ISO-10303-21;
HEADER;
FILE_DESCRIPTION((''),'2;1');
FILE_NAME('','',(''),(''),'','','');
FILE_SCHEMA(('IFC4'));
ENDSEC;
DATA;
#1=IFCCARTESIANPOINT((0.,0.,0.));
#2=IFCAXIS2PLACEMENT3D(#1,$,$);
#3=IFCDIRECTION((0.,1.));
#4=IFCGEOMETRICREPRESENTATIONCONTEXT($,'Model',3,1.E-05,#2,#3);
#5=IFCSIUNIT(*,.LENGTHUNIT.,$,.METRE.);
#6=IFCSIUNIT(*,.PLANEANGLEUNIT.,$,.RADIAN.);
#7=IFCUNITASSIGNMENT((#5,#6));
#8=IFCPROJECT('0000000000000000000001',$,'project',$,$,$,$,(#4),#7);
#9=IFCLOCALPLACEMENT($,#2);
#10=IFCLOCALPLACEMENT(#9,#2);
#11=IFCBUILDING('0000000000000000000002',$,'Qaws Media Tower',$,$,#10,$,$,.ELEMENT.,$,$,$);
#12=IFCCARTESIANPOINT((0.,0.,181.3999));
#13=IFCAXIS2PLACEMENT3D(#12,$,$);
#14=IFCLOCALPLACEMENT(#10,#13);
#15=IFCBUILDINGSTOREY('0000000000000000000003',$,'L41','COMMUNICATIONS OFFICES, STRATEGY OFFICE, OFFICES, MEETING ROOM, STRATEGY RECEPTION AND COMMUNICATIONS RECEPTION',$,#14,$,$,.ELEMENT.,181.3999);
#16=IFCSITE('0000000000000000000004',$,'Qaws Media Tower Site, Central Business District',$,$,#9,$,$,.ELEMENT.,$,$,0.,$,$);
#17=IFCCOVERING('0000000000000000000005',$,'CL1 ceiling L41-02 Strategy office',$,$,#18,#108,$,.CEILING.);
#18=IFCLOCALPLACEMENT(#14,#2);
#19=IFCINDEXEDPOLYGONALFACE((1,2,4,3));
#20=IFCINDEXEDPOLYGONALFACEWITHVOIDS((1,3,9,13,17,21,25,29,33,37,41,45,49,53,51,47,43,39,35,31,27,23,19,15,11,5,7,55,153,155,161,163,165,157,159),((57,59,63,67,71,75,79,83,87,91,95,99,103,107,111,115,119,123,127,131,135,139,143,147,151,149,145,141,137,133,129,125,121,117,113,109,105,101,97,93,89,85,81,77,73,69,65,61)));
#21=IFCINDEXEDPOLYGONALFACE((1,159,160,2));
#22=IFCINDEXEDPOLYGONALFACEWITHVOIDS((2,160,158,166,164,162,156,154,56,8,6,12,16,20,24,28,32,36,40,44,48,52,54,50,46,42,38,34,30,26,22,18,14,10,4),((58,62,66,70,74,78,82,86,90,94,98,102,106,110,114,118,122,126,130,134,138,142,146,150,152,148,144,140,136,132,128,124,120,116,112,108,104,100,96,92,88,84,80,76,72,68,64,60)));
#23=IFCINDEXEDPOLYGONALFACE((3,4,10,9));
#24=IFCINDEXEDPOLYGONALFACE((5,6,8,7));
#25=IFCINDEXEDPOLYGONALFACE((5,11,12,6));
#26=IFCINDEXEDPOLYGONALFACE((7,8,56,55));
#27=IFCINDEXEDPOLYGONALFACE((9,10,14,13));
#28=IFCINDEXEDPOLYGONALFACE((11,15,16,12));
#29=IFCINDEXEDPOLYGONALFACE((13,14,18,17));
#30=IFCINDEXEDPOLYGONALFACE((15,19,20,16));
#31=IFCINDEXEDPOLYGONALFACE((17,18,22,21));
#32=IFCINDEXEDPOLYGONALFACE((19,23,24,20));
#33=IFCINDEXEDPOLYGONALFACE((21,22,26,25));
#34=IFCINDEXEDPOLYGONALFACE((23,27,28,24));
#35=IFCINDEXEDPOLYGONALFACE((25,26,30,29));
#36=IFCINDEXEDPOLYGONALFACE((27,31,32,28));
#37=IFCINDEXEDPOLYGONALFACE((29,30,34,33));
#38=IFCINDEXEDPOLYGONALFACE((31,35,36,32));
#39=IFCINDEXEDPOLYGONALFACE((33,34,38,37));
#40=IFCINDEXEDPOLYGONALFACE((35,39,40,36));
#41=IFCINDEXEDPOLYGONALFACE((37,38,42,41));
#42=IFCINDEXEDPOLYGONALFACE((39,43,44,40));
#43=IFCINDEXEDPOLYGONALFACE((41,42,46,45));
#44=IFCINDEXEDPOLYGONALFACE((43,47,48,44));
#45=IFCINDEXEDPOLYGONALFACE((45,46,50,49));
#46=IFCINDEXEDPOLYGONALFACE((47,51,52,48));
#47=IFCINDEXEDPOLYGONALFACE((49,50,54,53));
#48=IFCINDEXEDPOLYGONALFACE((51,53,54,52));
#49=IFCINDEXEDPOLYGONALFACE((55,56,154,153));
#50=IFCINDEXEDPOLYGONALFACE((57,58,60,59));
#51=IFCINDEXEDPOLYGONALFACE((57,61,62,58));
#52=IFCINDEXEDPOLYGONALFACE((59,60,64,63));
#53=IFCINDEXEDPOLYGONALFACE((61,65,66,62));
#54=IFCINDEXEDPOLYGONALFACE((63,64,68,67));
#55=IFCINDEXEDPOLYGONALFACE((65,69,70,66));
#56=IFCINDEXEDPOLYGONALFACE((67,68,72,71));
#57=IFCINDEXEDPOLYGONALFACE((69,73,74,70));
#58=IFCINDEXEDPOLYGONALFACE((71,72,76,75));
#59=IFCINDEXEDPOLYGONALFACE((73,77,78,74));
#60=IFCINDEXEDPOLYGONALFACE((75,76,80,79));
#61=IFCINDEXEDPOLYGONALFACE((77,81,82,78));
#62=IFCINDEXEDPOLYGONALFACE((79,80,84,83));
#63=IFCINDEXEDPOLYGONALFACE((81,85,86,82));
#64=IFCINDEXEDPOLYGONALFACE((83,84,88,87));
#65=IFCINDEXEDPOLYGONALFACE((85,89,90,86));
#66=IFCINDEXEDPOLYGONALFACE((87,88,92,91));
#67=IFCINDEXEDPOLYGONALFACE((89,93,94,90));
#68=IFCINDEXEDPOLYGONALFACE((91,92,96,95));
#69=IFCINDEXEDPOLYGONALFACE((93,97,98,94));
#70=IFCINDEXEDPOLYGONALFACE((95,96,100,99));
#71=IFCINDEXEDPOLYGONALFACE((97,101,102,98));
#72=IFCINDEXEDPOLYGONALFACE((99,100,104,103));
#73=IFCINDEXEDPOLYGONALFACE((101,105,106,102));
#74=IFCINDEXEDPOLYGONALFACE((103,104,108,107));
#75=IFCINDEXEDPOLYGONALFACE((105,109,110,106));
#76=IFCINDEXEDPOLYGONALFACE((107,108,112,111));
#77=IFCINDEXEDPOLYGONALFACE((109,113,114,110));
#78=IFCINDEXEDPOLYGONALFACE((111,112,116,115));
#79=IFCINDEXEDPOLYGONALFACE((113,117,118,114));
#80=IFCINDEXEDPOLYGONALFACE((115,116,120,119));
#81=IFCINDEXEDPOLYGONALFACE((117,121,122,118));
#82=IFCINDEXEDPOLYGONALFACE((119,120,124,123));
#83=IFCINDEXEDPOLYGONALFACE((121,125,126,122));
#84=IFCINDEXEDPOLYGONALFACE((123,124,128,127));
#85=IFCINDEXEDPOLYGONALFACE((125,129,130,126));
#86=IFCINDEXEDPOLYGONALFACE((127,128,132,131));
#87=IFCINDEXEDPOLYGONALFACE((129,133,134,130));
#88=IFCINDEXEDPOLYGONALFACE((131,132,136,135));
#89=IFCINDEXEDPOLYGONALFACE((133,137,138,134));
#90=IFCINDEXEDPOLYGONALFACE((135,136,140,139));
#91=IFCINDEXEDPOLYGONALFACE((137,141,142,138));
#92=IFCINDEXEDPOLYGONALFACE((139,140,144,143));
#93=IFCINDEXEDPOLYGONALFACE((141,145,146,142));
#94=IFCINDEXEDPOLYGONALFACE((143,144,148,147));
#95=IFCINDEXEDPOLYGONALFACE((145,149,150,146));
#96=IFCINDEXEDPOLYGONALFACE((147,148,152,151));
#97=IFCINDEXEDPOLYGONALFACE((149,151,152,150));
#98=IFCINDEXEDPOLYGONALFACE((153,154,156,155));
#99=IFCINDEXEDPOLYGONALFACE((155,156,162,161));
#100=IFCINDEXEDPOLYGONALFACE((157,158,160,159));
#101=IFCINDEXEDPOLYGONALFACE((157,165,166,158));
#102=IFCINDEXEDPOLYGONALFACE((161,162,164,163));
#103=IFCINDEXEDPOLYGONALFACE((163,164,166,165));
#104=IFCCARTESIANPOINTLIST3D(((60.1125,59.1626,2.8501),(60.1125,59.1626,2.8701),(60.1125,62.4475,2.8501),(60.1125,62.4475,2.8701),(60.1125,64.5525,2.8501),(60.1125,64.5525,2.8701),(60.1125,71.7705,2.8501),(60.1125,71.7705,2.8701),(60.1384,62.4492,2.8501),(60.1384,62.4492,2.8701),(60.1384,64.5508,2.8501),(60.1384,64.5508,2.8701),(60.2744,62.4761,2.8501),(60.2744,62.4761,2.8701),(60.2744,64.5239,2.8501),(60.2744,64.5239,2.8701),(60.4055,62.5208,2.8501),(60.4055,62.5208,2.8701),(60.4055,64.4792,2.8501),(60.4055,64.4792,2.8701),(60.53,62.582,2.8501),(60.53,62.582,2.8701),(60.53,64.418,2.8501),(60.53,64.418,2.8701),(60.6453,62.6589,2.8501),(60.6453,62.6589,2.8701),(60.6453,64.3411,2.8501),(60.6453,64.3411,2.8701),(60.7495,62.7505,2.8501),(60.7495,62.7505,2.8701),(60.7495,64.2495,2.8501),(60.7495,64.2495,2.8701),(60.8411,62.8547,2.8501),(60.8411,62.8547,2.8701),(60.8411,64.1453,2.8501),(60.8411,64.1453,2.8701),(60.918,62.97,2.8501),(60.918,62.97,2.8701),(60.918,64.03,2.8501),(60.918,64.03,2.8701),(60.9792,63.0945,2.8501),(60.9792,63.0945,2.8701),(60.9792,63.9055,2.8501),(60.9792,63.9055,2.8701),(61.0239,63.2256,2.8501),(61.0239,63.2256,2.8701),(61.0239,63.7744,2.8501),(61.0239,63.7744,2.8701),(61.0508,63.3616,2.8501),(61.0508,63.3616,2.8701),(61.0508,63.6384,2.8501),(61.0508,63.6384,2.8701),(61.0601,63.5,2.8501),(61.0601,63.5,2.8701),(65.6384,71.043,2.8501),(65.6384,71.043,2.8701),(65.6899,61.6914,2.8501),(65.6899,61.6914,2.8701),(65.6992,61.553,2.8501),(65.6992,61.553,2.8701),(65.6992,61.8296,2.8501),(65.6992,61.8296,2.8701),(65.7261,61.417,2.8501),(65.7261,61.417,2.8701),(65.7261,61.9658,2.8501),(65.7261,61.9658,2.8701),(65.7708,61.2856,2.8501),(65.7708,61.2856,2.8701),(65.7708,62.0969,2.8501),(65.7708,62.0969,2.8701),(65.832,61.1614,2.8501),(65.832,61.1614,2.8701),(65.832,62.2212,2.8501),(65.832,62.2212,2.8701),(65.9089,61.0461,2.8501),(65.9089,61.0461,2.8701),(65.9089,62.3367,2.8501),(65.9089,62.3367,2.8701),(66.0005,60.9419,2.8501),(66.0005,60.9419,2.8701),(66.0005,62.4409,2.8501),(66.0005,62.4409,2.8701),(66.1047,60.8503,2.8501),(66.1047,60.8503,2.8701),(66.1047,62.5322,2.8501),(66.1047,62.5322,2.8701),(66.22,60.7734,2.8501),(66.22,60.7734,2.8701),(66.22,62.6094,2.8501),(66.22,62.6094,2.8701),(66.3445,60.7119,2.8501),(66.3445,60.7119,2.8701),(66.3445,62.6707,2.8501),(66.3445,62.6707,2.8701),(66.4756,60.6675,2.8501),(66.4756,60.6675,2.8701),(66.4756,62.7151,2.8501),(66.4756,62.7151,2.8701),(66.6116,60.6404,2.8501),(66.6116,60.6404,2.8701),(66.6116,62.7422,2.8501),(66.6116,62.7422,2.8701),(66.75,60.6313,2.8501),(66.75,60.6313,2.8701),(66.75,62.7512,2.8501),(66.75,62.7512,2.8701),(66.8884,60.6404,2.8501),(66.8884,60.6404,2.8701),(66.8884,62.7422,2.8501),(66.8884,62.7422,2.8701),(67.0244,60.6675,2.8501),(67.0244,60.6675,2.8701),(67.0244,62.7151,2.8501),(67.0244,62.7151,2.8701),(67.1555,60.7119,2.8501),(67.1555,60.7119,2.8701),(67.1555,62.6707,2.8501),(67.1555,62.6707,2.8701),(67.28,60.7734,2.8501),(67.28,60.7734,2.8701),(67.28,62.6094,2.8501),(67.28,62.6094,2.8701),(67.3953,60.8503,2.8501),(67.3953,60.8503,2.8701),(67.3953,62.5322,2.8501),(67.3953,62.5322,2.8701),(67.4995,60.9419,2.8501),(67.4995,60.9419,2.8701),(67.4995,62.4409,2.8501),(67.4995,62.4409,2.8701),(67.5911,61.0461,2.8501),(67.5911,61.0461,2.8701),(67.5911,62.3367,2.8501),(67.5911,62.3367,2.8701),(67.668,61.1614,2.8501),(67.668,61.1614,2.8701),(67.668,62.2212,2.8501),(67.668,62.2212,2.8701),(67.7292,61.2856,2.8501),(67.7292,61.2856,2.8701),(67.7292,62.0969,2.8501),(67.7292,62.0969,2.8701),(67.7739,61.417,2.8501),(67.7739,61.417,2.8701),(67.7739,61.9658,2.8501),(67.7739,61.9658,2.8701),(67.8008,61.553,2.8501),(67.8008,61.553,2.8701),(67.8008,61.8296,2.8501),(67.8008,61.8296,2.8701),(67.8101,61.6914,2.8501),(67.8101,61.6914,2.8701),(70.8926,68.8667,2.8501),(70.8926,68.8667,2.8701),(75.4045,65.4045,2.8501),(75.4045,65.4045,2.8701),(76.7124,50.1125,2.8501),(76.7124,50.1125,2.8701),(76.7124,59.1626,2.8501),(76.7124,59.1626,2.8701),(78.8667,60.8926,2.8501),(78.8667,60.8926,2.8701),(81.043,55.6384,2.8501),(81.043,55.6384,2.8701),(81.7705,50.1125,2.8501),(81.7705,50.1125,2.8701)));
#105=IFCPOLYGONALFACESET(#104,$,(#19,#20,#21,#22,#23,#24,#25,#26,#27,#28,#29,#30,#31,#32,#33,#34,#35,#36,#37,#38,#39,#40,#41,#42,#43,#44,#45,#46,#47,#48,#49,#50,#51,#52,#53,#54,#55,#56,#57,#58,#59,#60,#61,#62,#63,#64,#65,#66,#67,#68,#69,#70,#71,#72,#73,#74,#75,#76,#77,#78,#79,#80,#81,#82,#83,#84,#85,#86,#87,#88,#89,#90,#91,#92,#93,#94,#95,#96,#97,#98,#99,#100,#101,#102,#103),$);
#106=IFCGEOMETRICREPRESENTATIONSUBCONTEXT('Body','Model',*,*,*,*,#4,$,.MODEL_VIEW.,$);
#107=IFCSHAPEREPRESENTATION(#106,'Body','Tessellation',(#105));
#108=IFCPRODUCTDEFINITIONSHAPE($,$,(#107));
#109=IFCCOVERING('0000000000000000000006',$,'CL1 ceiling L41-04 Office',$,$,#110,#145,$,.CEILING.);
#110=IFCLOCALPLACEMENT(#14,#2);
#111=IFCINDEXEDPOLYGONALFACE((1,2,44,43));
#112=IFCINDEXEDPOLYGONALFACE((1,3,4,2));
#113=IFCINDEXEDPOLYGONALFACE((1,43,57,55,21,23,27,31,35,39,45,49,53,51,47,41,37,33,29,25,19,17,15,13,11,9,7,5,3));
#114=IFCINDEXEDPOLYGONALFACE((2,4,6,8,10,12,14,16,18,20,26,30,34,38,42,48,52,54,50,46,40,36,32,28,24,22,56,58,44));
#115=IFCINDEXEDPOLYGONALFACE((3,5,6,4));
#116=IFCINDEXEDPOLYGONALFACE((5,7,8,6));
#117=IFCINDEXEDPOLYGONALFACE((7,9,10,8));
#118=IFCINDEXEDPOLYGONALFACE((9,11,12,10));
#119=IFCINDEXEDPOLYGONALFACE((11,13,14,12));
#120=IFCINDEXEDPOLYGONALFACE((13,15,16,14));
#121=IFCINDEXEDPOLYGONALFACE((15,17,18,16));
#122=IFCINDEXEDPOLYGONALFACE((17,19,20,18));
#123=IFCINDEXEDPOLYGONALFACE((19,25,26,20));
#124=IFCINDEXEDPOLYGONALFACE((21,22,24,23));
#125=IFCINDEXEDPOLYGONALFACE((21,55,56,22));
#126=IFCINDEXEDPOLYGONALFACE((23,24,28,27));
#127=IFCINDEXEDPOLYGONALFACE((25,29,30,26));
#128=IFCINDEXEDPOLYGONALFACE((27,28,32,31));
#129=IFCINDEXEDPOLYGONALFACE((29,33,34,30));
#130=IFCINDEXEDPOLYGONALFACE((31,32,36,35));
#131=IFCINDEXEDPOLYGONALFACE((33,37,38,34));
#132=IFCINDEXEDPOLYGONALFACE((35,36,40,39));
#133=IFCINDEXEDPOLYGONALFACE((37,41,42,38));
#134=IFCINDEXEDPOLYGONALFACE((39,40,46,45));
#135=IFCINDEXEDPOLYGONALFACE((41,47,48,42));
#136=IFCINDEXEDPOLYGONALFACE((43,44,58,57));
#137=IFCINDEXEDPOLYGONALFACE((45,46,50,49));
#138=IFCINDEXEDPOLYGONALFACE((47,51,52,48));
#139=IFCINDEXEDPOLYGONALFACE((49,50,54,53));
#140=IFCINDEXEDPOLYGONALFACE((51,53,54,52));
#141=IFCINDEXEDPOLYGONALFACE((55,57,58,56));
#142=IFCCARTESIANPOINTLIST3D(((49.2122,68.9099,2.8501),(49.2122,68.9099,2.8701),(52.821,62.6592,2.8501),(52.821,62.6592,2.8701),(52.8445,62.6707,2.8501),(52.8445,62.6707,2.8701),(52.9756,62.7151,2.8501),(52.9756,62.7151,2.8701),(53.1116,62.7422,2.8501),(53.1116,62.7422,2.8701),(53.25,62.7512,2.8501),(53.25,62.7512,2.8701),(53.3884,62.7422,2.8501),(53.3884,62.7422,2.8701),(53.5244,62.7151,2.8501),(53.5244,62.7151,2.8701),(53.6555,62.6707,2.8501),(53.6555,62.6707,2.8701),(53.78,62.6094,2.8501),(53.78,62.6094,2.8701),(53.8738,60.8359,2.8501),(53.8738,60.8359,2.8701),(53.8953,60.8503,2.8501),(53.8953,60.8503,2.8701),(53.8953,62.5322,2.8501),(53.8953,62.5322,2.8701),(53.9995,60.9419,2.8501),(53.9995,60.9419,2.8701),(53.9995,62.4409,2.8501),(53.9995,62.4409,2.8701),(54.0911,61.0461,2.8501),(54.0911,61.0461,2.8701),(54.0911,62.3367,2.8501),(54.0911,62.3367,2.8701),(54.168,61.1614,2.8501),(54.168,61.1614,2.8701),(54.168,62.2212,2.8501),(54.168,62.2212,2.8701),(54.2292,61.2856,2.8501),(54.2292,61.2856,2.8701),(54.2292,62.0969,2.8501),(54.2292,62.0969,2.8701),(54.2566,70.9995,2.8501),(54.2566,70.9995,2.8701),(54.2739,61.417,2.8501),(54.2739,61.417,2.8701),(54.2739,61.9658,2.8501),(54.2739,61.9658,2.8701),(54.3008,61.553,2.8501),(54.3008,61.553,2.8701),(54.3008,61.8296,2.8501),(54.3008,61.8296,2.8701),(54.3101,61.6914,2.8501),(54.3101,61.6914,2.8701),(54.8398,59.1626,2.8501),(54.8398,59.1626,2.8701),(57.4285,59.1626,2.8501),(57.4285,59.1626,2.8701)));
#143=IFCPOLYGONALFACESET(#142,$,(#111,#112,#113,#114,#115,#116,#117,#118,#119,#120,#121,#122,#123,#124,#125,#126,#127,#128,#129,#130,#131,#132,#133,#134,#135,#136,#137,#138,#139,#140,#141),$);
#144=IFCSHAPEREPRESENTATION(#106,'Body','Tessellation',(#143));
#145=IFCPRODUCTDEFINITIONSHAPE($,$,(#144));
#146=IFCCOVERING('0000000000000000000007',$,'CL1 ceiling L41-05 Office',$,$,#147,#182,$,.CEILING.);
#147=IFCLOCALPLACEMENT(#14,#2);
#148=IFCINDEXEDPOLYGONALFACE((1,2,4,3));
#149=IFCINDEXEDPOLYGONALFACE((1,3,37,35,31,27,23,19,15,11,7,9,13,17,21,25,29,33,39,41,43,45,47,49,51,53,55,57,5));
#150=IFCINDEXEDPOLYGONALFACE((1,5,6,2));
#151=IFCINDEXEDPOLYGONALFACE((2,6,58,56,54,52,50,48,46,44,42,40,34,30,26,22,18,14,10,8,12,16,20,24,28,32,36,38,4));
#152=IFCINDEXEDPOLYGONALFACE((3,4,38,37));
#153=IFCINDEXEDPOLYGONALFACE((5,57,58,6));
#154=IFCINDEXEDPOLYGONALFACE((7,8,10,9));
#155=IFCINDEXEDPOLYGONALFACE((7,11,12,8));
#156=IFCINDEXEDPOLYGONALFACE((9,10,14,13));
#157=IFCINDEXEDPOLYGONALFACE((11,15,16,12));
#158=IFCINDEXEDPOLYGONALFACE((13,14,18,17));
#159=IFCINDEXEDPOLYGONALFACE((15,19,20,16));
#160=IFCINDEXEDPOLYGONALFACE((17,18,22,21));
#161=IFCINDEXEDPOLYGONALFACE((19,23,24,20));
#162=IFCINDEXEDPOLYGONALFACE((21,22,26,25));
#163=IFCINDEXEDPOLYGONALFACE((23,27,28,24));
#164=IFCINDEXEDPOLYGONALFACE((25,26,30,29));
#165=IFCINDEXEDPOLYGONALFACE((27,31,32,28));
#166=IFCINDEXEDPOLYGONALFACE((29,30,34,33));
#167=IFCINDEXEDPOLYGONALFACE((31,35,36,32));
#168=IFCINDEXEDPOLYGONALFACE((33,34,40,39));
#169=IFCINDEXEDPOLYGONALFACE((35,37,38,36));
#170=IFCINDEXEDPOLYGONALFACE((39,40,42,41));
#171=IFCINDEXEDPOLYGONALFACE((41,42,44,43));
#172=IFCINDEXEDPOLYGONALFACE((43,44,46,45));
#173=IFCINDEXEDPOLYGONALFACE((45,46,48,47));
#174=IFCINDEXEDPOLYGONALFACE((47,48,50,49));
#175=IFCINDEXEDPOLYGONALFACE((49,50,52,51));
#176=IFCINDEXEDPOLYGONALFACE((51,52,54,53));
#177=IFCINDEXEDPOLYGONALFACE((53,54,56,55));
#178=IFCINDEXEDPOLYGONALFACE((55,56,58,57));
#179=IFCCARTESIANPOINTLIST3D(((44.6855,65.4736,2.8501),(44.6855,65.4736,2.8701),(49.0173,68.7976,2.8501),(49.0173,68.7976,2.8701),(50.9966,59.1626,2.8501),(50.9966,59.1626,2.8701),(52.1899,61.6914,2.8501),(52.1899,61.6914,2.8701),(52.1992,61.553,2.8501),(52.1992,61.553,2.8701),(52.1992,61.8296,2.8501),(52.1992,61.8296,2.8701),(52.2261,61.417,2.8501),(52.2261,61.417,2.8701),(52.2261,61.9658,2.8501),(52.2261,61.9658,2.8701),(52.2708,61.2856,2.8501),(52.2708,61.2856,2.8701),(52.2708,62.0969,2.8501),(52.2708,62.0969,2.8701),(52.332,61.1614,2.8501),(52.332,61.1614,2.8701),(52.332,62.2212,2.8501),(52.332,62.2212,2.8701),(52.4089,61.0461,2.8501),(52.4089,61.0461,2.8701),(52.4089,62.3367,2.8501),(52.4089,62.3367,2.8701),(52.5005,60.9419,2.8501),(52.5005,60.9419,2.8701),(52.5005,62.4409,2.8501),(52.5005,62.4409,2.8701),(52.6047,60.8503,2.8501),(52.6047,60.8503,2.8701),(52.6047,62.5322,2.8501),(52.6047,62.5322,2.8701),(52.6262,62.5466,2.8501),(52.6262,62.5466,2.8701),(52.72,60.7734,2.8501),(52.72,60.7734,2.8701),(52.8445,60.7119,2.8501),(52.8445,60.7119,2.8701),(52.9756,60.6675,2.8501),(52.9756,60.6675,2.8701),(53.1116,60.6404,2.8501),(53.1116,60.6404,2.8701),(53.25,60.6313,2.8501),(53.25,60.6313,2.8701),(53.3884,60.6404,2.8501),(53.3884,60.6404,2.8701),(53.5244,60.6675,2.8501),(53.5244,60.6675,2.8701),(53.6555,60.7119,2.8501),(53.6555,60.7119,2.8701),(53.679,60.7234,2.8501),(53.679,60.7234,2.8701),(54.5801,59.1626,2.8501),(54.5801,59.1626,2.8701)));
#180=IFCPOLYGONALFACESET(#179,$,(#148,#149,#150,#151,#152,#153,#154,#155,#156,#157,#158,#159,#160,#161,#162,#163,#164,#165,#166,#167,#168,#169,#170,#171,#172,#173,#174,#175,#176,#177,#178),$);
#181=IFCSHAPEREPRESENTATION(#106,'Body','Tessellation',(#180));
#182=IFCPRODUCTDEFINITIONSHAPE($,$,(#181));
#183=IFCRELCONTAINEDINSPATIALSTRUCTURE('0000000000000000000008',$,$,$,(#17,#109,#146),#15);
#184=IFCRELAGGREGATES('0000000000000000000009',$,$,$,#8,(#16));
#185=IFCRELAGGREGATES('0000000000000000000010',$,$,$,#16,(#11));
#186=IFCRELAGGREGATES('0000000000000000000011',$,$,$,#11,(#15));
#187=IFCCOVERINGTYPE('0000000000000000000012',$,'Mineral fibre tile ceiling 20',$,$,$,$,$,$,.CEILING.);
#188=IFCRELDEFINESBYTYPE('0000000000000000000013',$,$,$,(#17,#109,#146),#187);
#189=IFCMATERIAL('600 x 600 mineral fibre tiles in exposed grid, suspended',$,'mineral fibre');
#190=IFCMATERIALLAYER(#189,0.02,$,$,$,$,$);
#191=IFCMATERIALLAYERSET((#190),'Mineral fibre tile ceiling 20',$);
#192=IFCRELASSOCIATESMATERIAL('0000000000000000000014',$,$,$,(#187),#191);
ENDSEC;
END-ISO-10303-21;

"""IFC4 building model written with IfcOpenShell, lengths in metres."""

from ifc_helpers import new_model, si_unit, direction, frame, origin, place, context, subcontext, project, spatial, polyline, outline, extrude, material, layer, layer_set, type_object, element, save


model = new_model("IFC4")

# Units and contexts
model_context = context("Model", 3, precision=1e-05, world=origin(), true_north=direction((0.0, 1.0)))
body_context = subcontext(model_context, "Body", "Model", "MODEL_VIEW")
ifc_project = project(units=[si_unit("LENGTHUNIT", "METRE"), si_unit("PLANEANGLEUNIT", "RADIAN")], contexts=[model_context])

# Site, building, storey
site_placement = place(None, origin())
site = spatial("IfcSite", under=ifc_project, at=site_placement, Name="Qaws Media Tower Site, Central Business District", CompositionType="ELEMENT", RefElevation=0.0)
building_placement = place(site_placement, origin())
building = spatial("IfcBuilding", under=site, at=building_placement, Name="Qaws Media Tower", CompositionType="ELEMENT")
storey_placement = place(building_placement, frame((0.0, 0.0, 181.3999)))
storey = spatial("IfcBuildingStorey", under=building, at=storey_placement, Name="L41", Description="COMMUNICATIONS OFFICES, STRATEGY OFFICE, OFFICES, MEETING ROOM, STRATEGY RECEPTION AND COMMUNICATIONS RECEPTION", CompositionType="ELEMENT", Elevation=181.3999)

# Coverings
ifc_material_1 = material(Name="600 x 600 mineral fibre tiles in exposed grid, suspended", Category="mineral fibre")
ifc_layer_1 = layer(ifc_material_1, 0.02)
ifc_layer_set_1 = layer_set([ifc_layer_1], Name="Mineral fibre tile ceiling 20")
covering_type_1 = type_object("IfcCoveringType", Name="Mineral fibre tile ceiling 20", PredefinedType="CEILING", material=ifc_layer_set_1)
covering_1_placement = place(storey_placement, frame((0.0, 0.0, 2.8501)))
element("IfcCovering", 1, at=covering_1_placement, inside=storey, type_object=covering_type_1, Name="CL1 ceiling L41-02 Strategy office", PredefinedType="CEILING", context=body_context, shape_type="SweptSolid", body=[
    extrude(outline(polyline([(65.6384, 71.043), (70.8926, 68.8667), (75.4045, 65.4045), (78.8667, 60.8926), (81.043, 55.6384), (81.7705, 50.1125), (76.7124, 50.1125), (76.7124, 59.1626), (60.1125, 59.1626), (60.1125, 62.4475), (60.1384, 62.4492), (60.2744, 62.4761), (60.4055, 62.5208), (60.53, 62.582), (60.6453, 62.6589), (60.7495, 62.7505), (60.8411, 62.8547), (60.918, 62.97), (60.9792, 63.0945), (61.0239, 63.2256), (61.0508, 63.3616), (61.0601, 63.5), (61.0508, 63.6384), (61.0239, 63.7744), (60.9792, 63.9055), (60.918, 64.03), (60.8411, 64.1453), (60.7495, 64.2495), (60.6453, 64.3411), (60.53, 64.418), (60.4055, 64.4792), (60.2744, 64.5239), (60.1384, 64.5508), (60.1125, 64.5525), (60.1125, 71.7705), (65.6384, 71.043)]), holes=[polyline([(67.7292, 61.2856), (67.7739, 61.417), (67.8008, 61.553), (67.8101, 61.6914), (67.8008, 61.8296), (67.7739, 61.9658), (67.7292, 62.0969), (67.668, 62.2212), (67.5911, 62.3367), (67.4995, 62.4409), (67.3953, 62.5322), (67.28, 62.6094), (67.1555, 62.6707), (67.0244, 62.7151), (66.8884, 62.7422), (66.75, 62.7512), (66.6116, 62.7422), (66.4756, 62.7151), (66.3445, 62.6707), (66.22, 62.6094), (66.1047, 62.5322), (66.0005, 62.4409), (65.9089, 62.3367), (65.832, 62.2212), (65.7708, 62.0969), (65.7261, 61.9658), (65.6992, 61.8296), (65.6899, 61.6914), (65.6992, 61.553), (65.7261, 61.417), (65.7708, 61.2856), (65.832, 61.1614), (65.9089, 61.0461), (66.0005, 60.9419), (66.1047, 60.8503), (66.22, 60.7734), (66.3445, 60.7119), (66.4756, 60.6675), (66.6116, 60.6404), (66.75, 60.6313), (66.8884, 60.6404), (67.0244, 60.6675), (67.1555, 60.7119), (67.28, 60.7734), (67.3953, 60.8503), (67.4995, 60.9419), (67.5911, 61.0461), (67.668, 61.1614), (67.7292, 61.2856)])]), origin(), (0.0, 0.0, 1.0), 0.02),
])
covering_2_placement = place(storey_placement, frame((0.0, 0.0, 2.8501)))
element("IfcCovering", 2, at=covering_2_placement, inside=storey, type_object=covering_type_1, Name="CL1 ceiling L41-04 Office", PredefinedType="CEILING", context=body_context, shape_type="SweptSolid", body=[
    extrude(outline(polyline([(54.2566, 70.9995), (57.4285, 59.1626), (54.8398, 59.1626), (53.8738, 60.8359), (53.8953, 60.8503), (53.9995, 60.9419), (54.0911, 61.0461), (54.168, 61.1614), (54.2292, 61.2856), (54.2739, 61.417), (54.3008, 61.553), (54.3101, 61.6914), (54.3008, 61.8296), (54.2739, 61.9658), (54.2292, 62.0969), (54.168, 62.2212), (54.0911, 62.3367), (53.9995, 62.4409), (53.8953, 62.5322), (53.78, 62.6094), (53.6555, 62.6707), (53.5244, 62.7151), (53.3884, 62.7422), (53.25, 62.7512), (53.1116, 62.7422), (52.9756, 62.7151), (52.8445, 62.6707), (52.821, 62.6592), (49.2122, 68.9099), (54.2566, 70.9995)])), origin(), (0.0, 0.0, 1.0), 0.02),
])
covering_3_placement = place(storey_placement, frame((0.0, 0.0, 2.8501)))
element("IfcCovering", 3, at=covering_3_placement, inside=storey, type_object=covering_type_1, Name="CL1 ceiling L41-05 Office", PredefinedType="CEILING", context=body_context, shape_type="SweptSolid", body=[
    extrude(outline(polyline([(49.0173, 68.7976), (52.6262, 62.5466), (52.6047, 62.5322), (52.5005, 62.4409), (52.4089, 62.3367), (52.332, 62.2212), (52.2708, 62.0969), (52.2261, 61.9658), (52.1992, 61.8296), (52.1899, 61.6914), (52.1992, 61.553), (52.2261, 61.417), (52.2708, 61.2856), (52.332, 61.1614), (52.4089, 61.0461), (52.5005, 60.9419), (52.6047, 60.8503), (52.72, 60.7734), (52.8445, 60.7119), (52.9756, 60.6675), (53.1116, 60.6404), (53.25, 60.6313), (53.3884, 60.6404), (53.5244, 60.6675), (53.6555, 60.7119), (53.679, 60.7234), (54.5801, 59.1626), (50.9966, 59.1626), (44.6855, 65.4736), (49.0173, 68.7976)])), origin(), (0.0, 0.0, 1.0), 0.02),
])

save(model, "model.ifc")
